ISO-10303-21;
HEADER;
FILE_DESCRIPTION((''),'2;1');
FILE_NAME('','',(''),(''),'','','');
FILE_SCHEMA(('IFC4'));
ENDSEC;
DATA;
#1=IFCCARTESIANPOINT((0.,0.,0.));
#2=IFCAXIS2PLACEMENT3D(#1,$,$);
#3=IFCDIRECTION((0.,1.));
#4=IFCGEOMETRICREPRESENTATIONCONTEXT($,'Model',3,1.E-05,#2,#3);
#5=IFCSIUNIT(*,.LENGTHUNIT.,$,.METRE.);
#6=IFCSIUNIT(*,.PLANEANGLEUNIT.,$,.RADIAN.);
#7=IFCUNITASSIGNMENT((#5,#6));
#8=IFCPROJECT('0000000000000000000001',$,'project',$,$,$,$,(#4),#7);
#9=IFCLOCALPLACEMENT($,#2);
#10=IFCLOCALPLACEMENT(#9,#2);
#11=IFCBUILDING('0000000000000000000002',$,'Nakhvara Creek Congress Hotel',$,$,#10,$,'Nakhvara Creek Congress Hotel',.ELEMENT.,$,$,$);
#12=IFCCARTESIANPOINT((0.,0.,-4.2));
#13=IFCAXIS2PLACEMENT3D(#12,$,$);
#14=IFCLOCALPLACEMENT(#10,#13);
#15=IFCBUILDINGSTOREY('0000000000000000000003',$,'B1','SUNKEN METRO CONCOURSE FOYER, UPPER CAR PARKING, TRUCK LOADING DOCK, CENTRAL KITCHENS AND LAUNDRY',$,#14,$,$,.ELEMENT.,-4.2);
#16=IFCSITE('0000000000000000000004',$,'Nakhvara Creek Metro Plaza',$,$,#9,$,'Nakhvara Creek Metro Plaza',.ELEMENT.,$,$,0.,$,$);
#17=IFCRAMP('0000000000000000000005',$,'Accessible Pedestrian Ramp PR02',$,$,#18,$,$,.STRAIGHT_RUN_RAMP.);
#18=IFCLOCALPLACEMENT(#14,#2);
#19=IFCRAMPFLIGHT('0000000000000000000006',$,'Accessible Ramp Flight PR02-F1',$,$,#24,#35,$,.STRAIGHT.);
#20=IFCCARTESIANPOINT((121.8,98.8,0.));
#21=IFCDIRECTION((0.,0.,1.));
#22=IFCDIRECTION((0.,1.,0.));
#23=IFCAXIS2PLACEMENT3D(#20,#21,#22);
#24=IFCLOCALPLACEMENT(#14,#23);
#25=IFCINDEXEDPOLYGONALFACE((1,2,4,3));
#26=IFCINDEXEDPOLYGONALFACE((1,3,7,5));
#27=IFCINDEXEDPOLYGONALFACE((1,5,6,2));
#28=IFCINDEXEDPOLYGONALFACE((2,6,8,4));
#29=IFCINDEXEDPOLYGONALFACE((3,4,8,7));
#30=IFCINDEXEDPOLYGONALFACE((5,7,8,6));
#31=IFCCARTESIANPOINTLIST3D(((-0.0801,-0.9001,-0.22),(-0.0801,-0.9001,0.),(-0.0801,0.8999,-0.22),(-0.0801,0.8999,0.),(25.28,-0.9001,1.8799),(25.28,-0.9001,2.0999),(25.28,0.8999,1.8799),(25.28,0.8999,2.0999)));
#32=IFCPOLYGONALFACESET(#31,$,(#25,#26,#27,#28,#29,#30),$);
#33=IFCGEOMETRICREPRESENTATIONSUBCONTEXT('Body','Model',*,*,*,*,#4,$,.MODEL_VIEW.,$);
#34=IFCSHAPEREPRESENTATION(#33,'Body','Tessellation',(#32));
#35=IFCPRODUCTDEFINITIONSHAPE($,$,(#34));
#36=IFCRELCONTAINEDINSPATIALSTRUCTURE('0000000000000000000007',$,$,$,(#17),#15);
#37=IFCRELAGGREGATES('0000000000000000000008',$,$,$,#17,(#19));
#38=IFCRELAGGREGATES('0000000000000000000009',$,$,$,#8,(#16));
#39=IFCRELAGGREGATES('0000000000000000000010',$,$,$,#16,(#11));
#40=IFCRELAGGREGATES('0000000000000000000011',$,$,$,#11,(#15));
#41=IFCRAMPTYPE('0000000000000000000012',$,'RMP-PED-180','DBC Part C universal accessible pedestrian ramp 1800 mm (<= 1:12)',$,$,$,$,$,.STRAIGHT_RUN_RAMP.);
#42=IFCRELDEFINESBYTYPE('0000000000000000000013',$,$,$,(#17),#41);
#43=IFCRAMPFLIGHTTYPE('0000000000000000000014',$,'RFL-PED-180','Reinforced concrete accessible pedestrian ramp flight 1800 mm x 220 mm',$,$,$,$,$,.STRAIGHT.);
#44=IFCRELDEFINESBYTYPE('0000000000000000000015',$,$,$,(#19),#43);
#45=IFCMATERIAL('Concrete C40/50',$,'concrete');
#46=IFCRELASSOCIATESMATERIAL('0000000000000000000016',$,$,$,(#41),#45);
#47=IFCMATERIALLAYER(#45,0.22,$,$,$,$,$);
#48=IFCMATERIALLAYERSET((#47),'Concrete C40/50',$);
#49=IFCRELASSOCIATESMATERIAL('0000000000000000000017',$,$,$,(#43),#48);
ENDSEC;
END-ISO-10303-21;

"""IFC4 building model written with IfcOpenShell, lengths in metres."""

from ifc_helpers import new_model, si_unit, direction, frame, origin, place, context, subcontext, project, spatial, polyline, outline, extrude, material, layer, layer_set, type_object, element, aggregate, save


model = new_model("IFC4")

# Units and contexts
model_context = context("Model", 3, precision=1e-05, world=origin(), true_north=direction((0.0, 1.0)))
body_context = subcontext(model_context, "Body", "Model", "MODEL_VIEW")
ifc_project = project(units=[si_unit("LENGTHUNIT", "METRE"), si_unit("PLANEANGLEUNIT", "RADIAN")], contexts=[model_context])

# Site, building, storey
site_placement = place(None, origin())
site = spatial("IfcSite", under=ifc_project, at=site_placement, Name="Nakhvara Creek Metro Plaza", LongName="Nakhvara Creek Metro Plaza", CompositionType="ELEMENT", RefElevation=0.0)
building_placement = place(site_placement, origin())
building = spatial("IfcBuilding", under=site, at=building_placement, Name="Nakhvara Creek Congress Hotel", LongName="Nakhvara Creek Congress Hotel", CompositionType="ELEMENT")
storey_placement = place(building_placement, frame((0.0, 0.0, -4.2)))
storey = spatial("IfcBuildingStorey", under=building, at=storey_placement, Name="B1", Description="SUNKEN METRO CONCOURSE FOYER, UPPER CAR PARKING, TRUCK LOADING DOCK, CENTRAL KITCHENS AND LAUNDRY", CompositionType="ELEMENT", Elevation=-4.2)

# Shared definitions
ifc_material_1 = material(Name="Concrete C40/50", Category="concrete")

# Ramp, ramp flight
ramp_type = type_object("IfcRampType", Name="RMP-PED-180", Description="DBC Part C universal accessible pedestrian ramp 1800 mm (<= 1:12)", PredefinedType="STRAIGHT_RUN_RAMP", material=ifc_material_1)
ramp_placement = place(storey_placement, origin())
ramp = element("IfcRamp", 1, at=ramp_placement, inside=storey, type_object=ramp_type, Name="Accessible Pedestrian Ramp PR02", PredefinedType="STRAIGHT_RUN_RAMP")
ifc_layer_1 = layer(ifc_material_1, 0.22)
ifc_layer_set_1 = layer_set([ifc_layer_1], Name="Concrete C40/50")
ramp_flight_type = type_object("IfcRampFlightType", Name="RFL-PED-180", Description="Reinforced concrete accessible pedestrian ramp flight 1800 mm x 220 mm", PredefinedType="STRAIGHT", material=ifc_layer_set_1)
ramp_flight_placement = place(storey_placement, frame((121.8, 98.8, 0.0), z_axis=(0.0, 0.0, 1.0), x_axis=(0.0, 1.0, 0.0)))
ramp_flight = element("IfcRampFlight", 2, at=ramp_flight_placement, type_object=ramp_flight_type, Name="Accessible Ramp Flight PR02-F1", PredefinedType="STRAIGHT", context=body_context, shape_type="SweptSolid", body=[
    extrude(outline(polyline([(-0.0801, 0.0), (25.28, 2.0999), (25.28, 1.8799), (-0.0801, -0.22), (-0.0801, 0.0)])), frame((0.0, 0.8999, 0.0), z_axis=(0.0, -1.0, 0.0), x_axis=(1.0, 0.0, 0.0)), (0.0, 0.0, 1.0), 1.8),
])
aggregate(ramp, [ramp_flight])

save(model, "model.ifc")
